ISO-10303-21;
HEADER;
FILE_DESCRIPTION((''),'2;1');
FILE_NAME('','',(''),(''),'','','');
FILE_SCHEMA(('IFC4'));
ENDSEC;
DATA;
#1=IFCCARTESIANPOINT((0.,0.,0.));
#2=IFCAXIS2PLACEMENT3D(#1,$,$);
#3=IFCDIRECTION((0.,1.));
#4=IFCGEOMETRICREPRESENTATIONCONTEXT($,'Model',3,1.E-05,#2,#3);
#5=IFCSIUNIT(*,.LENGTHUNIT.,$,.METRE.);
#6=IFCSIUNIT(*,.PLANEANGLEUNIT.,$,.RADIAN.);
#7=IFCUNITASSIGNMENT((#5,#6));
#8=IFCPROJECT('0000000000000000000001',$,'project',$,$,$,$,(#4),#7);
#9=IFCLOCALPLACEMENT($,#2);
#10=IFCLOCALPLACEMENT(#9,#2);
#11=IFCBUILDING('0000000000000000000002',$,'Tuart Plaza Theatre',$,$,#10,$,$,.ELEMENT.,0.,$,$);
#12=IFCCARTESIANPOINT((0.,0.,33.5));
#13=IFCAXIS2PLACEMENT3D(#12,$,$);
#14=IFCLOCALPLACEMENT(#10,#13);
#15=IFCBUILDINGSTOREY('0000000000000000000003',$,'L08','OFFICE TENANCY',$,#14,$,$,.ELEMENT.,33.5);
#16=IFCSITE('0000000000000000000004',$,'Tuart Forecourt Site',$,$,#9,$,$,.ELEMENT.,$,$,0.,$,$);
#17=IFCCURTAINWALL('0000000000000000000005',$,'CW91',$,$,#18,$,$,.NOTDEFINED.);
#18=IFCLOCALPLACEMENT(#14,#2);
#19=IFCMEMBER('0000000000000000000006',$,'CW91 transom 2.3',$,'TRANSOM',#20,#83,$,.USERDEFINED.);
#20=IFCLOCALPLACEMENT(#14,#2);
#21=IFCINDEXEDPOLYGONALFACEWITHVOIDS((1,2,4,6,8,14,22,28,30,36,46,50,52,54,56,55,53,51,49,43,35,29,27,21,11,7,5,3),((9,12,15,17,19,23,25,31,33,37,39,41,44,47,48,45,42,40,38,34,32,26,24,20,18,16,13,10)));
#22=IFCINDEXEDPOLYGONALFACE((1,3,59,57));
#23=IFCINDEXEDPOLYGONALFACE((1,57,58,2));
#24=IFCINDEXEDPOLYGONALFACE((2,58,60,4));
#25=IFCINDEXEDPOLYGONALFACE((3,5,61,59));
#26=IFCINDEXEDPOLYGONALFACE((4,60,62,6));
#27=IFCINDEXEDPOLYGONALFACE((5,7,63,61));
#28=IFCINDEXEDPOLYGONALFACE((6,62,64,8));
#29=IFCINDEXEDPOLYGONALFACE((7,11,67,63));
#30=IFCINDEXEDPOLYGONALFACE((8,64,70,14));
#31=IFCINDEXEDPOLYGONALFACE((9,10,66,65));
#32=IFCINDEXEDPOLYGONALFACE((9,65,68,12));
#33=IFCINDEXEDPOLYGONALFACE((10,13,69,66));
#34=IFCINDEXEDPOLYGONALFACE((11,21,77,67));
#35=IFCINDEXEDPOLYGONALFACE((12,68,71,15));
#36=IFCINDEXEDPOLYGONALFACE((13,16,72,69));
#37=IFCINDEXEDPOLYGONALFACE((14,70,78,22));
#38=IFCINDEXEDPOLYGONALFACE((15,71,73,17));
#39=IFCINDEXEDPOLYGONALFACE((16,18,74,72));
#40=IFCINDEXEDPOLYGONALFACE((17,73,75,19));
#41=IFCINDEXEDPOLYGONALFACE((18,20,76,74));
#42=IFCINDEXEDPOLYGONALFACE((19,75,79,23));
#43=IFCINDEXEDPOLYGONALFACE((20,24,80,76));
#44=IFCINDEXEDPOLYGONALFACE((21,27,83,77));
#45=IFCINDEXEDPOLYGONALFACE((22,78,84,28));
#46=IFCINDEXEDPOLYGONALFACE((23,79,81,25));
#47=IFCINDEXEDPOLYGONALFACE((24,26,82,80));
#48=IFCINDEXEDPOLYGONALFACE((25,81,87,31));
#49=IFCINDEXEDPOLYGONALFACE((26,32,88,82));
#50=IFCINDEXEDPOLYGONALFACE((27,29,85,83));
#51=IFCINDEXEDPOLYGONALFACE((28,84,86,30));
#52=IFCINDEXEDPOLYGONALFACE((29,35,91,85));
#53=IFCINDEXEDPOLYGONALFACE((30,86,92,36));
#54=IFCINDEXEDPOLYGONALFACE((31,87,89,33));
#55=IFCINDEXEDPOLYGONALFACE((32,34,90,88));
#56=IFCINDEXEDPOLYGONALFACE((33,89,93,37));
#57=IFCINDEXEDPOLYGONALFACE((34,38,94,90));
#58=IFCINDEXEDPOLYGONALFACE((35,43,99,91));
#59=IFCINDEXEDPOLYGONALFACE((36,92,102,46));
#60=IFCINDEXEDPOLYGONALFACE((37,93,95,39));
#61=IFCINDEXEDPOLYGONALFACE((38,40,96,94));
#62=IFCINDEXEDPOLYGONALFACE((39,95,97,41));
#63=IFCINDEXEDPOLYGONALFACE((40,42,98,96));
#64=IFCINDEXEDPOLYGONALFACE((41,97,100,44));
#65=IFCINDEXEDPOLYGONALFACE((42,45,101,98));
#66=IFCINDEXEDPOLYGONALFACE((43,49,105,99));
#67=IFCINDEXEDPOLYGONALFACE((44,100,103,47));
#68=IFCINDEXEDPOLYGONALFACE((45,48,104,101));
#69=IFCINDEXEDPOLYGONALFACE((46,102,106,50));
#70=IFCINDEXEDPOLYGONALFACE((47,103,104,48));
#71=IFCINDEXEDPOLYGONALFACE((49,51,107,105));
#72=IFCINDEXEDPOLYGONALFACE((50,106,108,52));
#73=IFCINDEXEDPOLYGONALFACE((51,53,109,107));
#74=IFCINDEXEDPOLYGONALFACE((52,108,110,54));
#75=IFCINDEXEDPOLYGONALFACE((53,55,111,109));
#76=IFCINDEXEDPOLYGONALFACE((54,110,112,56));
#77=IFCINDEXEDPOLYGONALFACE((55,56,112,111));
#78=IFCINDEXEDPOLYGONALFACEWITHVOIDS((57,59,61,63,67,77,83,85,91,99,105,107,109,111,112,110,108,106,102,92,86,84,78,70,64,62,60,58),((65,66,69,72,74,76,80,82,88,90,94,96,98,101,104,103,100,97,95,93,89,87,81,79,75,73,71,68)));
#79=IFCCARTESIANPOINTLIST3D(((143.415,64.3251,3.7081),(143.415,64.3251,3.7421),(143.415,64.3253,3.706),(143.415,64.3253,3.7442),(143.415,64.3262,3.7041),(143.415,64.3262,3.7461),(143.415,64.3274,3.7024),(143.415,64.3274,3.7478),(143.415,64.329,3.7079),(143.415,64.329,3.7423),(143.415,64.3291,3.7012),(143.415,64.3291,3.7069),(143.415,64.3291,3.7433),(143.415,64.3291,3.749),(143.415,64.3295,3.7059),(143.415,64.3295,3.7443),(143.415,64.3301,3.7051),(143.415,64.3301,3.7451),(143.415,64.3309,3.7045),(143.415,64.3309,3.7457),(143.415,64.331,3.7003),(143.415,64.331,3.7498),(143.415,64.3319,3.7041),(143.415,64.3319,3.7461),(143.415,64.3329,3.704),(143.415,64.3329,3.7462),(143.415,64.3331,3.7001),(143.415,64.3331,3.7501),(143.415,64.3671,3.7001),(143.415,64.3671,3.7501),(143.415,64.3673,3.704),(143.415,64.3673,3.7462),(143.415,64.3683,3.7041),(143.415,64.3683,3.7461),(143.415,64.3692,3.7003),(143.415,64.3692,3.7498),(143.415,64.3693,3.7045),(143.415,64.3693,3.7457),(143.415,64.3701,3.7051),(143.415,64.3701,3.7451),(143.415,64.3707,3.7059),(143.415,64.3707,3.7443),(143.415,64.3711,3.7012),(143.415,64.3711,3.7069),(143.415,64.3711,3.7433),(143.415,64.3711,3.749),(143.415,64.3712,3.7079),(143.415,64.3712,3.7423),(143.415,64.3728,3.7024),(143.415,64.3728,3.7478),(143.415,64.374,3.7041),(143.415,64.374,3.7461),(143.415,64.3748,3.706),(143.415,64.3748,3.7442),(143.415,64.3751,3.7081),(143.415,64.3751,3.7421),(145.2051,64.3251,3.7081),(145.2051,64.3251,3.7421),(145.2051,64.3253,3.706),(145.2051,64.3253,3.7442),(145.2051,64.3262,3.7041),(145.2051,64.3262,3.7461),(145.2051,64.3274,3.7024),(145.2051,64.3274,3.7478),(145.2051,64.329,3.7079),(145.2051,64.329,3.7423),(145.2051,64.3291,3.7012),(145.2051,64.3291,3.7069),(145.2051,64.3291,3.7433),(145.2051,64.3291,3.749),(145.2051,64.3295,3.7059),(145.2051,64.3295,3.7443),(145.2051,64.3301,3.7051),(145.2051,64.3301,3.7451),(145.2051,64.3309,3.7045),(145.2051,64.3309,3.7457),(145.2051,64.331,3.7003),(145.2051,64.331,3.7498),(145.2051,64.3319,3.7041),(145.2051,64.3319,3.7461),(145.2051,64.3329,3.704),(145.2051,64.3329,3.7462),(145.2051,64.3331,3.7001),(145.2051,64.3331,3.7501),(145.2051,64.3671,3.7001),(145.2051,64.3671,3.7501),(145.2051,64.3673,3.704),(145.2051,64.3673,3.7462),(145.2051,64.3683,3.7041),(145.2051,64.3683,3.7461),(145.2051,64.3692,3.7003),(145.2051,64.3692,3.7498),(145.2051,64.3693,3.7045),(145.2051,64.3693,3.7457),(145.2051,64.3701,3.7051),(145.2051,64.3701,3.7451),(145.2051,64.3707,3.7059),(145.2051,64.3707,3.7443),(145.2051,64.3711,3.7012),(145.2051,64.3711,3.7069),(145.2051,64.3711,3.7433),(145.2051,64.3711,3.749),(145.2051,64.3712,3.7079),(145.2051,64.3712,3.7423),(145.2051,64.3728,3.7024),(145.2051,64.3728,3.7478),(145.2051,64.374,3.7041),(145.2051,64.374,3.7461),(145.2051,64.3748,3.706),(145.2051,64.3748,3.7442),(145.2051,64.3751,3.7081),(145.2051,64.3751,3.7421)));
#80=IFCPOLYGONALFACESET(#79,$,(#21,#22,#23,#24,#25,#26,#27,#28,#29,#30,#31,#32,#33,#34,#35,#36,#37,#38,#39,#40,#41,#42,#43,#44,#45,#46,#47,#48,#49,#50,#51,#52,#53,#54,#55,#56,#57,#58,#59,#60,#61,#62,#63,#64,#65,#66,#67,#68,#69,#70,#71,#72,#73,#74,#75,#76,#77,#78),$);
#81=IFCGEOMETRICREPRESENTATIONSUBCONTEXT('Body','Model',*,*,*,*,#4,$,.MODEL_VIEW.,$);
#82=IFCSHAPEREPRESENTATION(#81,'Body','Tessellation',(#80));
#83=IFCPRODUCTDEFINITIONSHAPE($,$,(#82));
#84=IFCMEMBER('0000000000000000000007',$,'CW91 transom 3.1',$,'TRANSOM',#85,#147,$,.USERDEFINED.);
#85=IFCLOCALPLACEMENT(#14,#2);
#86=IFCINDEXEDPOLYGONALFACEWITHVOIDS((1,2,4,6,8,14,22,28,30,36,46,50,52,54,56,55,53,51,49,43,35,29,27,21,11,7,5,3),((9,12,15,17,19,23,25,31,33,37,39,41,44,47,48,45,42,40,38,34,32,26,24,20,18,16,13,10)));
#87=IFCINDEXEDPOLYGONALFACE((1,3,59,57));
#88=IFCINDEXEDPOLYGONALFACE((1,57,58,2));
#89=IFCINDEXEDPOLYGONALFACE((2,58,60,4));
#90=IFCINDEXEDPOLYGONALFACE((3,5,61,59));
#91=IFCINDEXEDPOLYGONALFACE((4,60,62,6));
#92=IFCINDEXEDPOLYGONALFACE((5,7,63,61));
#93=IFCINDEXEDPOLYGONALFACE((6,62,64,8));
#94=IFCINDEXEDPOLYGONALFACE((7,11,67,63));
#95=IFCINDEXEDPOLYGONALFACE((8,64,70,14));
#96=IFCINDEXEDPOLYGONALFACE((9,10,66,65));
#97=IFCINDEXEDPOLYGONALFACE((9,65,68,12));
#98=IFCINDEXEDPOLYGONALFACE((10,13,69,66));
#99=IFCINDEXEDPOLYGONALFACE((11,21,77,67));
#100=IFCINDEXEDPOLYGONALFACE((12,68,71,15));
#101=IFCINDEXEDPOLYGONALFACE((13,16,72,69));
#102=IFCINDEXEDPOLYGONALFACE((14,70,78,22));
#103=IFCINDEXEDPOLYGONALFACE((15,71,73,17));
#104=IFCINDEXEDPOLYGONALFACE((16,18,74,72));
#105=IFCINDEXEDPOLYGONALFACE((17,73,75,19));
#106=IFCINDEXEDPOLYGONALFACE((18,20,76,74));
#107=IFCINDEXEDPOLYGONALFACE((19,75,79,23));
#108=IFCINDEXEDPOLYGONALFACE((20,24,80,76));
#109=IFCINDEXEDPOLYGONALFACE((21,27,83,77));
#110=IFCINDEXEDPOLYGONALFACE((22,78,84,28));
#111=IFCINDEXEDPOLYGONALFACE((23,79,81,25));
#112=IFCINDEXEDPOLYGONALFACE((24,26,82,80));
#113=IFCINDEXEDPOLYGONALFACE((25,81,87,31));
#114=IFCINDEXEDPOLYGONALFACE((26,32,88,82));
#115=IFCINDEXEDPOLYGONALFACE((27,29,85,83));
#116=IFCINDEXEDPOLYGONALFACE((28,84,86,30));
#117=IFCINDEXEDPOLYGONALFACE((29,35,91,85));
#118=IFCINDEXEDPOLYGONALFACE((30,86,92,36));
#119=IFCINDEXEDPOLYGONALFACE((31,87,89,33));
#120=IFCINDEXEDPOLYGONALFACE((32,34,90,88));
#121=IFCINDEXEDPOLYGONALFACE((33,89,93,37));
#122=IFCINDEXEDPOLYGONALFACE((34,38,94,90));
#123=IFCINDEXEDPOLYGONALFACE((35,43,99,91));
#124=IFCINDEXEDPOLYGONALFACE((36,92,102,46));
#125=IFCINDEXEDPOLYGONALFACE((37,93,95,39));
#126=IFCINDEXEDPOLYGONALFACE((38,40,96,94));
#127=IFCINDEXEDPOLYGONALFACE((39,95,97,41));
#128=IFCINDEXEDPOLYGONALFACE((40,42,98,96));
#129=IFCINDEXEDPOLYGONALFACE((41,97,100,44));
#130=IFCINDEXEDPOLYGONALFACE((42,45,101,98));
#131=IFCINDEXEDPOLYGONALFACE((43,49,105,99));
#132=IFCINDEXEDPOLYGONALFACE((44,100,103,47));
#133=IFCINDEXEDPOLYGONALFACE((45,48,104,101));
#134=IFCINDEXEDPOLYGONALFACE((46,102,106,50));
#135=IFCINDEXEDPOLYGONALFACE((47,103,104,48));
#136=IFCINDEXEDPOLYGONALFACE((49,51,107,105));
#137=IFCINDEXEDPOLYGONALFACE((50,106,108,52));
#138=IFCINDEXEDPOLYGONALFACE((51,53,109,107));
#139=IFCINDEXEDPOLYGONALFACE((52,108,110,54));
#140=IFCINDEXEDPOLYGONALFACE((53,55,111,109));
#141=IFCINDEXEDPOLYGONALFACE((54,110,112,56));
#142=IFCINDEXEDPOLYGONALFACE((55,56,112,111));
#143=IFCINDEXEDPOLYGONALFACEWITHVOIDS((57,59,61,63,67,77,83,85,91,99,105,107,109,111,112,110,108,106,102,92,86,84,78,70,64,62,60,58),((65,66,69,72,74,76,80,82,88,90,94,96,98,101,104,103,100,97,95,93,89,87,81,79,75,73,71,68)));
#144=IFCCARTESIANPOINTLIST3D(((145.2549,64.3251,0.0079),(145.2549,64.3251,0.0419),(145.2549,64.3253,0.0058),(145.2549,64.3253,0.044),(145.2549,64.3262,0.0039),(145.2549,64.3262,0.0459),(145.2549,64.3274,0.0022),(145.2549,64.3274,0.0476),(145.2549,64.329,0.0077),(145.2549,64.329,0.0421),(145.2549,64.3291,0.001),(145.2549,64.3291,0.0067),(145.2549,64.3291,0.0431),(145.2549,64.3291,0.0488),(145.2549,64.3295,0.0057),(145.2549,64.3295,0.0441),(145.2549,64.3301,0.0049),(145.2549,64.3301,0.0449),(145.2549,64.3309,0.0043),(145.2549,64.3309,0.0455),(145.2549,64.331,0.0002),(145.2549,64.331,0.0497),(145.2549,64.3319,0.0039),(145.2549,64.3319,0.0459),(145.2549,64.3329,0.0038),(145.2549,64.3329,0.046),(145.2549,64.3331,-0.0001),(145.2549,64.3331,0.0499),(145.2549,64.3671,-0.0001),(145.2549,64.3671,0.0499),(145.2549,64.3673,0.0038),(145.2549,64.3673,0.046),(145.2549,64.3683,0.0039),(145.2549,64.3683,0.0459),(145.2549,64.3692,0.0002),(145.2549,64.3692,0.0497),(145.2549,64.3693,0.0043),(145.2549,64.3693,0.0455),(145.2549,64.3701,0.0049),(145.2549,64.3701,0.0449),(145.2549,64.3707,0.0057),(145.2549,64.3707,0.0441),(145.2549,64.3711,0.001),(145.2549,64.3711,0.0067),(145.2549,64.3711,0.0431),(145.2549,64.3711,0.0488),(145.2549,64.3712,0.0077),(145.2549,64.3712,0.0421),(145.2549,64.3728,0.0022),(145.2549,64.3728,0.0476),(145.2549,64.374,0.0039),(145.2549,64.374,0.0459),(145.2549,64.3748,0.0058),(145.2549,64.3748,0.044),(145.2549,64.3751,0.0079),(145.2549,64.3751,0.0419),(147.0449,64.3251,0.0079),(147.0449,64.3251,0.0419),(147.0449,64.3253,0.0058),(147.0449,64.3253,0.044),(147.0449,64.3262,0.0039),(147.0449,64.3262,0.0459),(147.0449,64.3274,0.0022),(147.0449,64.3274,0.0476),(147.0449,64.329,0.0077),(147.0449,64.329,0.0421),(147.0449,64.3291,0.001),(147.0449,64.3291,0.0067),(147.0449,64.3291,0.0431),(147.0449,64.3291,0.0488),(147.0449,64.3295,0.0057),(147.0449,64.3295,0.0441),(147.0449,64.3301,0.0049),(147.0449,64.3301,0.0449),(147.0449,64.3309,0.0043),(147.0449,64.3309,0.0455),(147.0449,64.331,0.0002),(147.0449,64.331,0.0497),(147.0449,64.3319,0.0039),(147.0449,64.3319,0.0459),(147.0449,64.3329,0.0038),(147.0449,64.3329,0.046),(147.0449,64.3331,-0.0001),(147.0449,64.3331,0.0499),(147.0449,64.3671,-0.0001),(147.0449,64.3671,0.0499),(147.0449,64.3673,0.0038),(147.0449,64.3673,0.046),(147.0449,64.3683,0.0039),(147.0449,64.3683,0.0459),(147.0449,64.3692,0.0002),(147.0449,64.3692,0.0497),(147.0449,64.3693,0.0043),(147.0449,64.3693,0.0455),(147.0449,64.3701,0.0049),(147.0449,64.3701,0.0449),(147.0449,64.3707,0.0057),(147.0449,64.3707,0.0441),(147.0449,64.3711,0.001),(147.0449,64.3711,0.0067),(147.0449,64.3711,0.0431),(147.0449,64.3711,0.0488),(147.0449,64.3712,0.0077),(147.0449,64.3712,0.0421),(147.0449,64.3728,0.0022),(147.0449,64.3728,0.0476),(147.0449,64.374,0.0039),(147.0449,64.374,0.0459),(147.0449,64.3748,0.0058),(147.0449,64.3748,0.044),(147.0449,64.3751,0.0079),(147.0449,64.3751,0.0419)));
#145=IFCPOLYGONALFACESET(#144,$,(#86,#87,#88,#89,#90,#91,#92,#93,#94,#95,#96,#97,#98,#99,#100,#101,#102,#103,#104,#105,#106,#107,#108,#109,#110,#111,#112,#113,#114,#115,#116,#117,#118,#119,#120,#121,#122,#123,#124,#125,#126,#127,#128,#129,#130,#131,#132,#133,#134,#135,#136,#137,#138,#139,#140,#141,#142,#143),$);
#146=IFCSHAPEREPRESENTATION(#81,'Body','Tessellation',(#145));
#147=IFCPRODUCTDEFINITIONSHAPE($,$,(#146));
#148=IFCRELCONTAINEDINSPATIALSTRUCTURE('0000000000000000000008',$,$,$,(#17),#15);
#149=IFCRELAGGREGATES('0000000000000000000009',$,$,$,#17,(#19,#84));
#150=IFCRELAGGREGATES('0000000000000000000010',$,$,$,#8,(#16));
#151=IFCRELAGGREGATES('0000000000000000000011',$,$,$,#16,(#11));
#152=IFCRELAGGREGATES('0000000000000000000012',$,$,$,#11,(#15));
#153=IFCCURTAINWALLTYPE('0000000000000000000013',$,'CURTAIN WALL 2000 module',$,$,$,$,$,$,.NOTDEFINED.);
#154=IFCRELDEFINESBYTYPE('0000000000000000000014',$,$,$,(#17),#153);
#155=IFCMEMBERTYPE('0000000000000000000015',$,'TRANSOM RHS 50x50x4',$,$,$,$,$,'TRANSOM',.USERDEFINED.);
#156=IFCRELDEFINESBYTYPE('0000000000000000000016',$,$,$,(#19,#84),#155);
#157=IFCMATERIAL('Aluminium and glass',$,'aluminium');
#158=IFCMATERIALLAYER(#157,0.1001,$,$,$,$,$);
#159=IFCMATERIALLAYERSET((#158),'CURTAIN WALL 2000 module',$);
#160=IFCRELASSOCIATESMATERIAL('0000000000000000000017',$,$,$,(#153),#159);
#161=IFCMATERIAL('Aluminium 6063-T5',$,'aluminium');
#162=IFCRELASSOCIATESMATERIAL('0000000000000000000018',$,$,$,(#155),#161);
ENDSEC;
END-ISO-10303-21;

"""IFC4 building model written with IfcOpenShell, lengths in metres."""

from ifc_helpers import new_model, si_unit, direction, frame, origin, origin_2d, place, context, subcontext, project, spatial, hollow_rectangle, extrude, material, layer, layer_set, material_profile, profile_set, type_object, element, aggregate, save


model = new_model("IFC4")

# Units and contexts
model_context = context("Model", 3, precision=1e-05, world=origin(), true_north=direction((0.0, 1.0)))
body_context = subcontext(model_context, "Body", "Model", "MODEL_VIEW")
ifc_project = project(units=[si_unit("LENGTHUNIT", "METRE"), si_unit("PLANEANGLEUNIT", "RADIAN")], contexts=[model_context])

# Site, building, storey
site_placement = place(None, origin())
site = spatial("IfcSite", under=ifc_project, at=site_placement, Name="Tuart Forecourt Site", CompositionType="ELEMENT", RefElevation=0.0)
building_placement = place(site_placement, origin())
building = spatial("IfcBuilding", under=site, at=building_placement, Name="Tuart Plaza Theatre", CompositionType="ELEMENT", ElevationOfRefHeight=0.0)
storey_placement = place(building_placement, frame((0.0, 0.0, 33.5)))
storey = spatial("IfcBuildingStorey", under=building, at=storey_placement, Name="L08", Description="OFFICE TENANCY", CompositionType="ELEMENT", Elevation=33.5)

# Shared definitions
ifc_material_1 = material(Name="Aluminium and glass", Category="aluminium")
ifc_layer_1 = layer(ifc_material_1, 0.1001)
ifc_layer_set_1 = layer_set([ifc_layer_1], Name="CURTAIN WALL 2000 module")
curtain_wall_type = type_object("IfcCurtainWallType", Name="CURTAIN WALL 2000 module", PredefinedType="NOTDEFINED", material=ifc_layer_set_1)

# Curtain wall, members
curtain_wall_1_placement = place(storey_placement, origin())
curtain_wall_1 = element("IfcCurtainWall", 1, at=curtain_wall_1_placement, inside=storey, type_object=curtain_wall_type, Name="CW91", PredefinedType="NOTDEFINED")
ifc_material_2 = material(Name="Aluminium 6063-T5", Category="aluminium")
ifc_material_profile_1 = material_profile(ifc_material_2, hollow_rectangle(XDim=0.05, YDim=0.05, WallThickness=0.0039, InnerFilletRadius=0.0039, OuterFilletRadius=0.0081, at=origin_2d()), Name="RHS 50x50x4")
ifc_profile_set_1 = profile_set([ifc_material_profile_1], Name="Aluminium 6063-T5")
member_type_1 = type_object("IfcMemberType", Name="TRANSOM RHS 50x50x4", ElementType="TRANSOM", PredefinedType="USERDEFINED", material=ifc_profile_set_1)
member_1_placement = place(storey_placement, frame((143.415, 64.3501, 3.7251), z_axis=(1.0, 0.0, 0.0), x_axis=(0.0, 1.0, 0.0)))
member_1 = element("IfcMember", 2, at=member_1_placement, type_object=member_type_1, Name="CW91 transom 2.3", ObjectType="TRANSOM", PredefinedType="USERDEFINED", context=body_context, shape_type="SweptSolid", body=[
    extrude(hollow_rectangle(XDim=0.05, YDim=0.05, WallThickness=0.0039, InnerFilletRadius=0.0039, OuterFilletRadius=0.0081, at=origin_2d()), origin(), (0.0, 0.0, 1.0), 1.79),
])
member_2_placement = place(storey_placement, frame((145.2549, 64.3501, 0.0249), z_axis=(1.0, 0.0, 0.0), x_axis=(0.0, 1.0, 0.0)))
member_2 = element("IfcMember", 3, at=member_2_placement, type_object=member_type_1, Name="CW91 transom 3.1", ObjectType="TRANSOM", PredefinedType="USERDEFINED", context=body_context, shape_type="SweptSolid", body=[
    extrude(hollow_rectangle(XDim=0.05, YDim=0.05, WallThickness=0.0039, InnerFilletRadius=0.0039, OuterFilletRadius=0.0081, at=origin_2d()), origin(), (0.0, 0.0, 1.0), 1.79),
])

aggregate(curtain_wall_1, [member_1, member_2])

save(model, "model.ifc")
